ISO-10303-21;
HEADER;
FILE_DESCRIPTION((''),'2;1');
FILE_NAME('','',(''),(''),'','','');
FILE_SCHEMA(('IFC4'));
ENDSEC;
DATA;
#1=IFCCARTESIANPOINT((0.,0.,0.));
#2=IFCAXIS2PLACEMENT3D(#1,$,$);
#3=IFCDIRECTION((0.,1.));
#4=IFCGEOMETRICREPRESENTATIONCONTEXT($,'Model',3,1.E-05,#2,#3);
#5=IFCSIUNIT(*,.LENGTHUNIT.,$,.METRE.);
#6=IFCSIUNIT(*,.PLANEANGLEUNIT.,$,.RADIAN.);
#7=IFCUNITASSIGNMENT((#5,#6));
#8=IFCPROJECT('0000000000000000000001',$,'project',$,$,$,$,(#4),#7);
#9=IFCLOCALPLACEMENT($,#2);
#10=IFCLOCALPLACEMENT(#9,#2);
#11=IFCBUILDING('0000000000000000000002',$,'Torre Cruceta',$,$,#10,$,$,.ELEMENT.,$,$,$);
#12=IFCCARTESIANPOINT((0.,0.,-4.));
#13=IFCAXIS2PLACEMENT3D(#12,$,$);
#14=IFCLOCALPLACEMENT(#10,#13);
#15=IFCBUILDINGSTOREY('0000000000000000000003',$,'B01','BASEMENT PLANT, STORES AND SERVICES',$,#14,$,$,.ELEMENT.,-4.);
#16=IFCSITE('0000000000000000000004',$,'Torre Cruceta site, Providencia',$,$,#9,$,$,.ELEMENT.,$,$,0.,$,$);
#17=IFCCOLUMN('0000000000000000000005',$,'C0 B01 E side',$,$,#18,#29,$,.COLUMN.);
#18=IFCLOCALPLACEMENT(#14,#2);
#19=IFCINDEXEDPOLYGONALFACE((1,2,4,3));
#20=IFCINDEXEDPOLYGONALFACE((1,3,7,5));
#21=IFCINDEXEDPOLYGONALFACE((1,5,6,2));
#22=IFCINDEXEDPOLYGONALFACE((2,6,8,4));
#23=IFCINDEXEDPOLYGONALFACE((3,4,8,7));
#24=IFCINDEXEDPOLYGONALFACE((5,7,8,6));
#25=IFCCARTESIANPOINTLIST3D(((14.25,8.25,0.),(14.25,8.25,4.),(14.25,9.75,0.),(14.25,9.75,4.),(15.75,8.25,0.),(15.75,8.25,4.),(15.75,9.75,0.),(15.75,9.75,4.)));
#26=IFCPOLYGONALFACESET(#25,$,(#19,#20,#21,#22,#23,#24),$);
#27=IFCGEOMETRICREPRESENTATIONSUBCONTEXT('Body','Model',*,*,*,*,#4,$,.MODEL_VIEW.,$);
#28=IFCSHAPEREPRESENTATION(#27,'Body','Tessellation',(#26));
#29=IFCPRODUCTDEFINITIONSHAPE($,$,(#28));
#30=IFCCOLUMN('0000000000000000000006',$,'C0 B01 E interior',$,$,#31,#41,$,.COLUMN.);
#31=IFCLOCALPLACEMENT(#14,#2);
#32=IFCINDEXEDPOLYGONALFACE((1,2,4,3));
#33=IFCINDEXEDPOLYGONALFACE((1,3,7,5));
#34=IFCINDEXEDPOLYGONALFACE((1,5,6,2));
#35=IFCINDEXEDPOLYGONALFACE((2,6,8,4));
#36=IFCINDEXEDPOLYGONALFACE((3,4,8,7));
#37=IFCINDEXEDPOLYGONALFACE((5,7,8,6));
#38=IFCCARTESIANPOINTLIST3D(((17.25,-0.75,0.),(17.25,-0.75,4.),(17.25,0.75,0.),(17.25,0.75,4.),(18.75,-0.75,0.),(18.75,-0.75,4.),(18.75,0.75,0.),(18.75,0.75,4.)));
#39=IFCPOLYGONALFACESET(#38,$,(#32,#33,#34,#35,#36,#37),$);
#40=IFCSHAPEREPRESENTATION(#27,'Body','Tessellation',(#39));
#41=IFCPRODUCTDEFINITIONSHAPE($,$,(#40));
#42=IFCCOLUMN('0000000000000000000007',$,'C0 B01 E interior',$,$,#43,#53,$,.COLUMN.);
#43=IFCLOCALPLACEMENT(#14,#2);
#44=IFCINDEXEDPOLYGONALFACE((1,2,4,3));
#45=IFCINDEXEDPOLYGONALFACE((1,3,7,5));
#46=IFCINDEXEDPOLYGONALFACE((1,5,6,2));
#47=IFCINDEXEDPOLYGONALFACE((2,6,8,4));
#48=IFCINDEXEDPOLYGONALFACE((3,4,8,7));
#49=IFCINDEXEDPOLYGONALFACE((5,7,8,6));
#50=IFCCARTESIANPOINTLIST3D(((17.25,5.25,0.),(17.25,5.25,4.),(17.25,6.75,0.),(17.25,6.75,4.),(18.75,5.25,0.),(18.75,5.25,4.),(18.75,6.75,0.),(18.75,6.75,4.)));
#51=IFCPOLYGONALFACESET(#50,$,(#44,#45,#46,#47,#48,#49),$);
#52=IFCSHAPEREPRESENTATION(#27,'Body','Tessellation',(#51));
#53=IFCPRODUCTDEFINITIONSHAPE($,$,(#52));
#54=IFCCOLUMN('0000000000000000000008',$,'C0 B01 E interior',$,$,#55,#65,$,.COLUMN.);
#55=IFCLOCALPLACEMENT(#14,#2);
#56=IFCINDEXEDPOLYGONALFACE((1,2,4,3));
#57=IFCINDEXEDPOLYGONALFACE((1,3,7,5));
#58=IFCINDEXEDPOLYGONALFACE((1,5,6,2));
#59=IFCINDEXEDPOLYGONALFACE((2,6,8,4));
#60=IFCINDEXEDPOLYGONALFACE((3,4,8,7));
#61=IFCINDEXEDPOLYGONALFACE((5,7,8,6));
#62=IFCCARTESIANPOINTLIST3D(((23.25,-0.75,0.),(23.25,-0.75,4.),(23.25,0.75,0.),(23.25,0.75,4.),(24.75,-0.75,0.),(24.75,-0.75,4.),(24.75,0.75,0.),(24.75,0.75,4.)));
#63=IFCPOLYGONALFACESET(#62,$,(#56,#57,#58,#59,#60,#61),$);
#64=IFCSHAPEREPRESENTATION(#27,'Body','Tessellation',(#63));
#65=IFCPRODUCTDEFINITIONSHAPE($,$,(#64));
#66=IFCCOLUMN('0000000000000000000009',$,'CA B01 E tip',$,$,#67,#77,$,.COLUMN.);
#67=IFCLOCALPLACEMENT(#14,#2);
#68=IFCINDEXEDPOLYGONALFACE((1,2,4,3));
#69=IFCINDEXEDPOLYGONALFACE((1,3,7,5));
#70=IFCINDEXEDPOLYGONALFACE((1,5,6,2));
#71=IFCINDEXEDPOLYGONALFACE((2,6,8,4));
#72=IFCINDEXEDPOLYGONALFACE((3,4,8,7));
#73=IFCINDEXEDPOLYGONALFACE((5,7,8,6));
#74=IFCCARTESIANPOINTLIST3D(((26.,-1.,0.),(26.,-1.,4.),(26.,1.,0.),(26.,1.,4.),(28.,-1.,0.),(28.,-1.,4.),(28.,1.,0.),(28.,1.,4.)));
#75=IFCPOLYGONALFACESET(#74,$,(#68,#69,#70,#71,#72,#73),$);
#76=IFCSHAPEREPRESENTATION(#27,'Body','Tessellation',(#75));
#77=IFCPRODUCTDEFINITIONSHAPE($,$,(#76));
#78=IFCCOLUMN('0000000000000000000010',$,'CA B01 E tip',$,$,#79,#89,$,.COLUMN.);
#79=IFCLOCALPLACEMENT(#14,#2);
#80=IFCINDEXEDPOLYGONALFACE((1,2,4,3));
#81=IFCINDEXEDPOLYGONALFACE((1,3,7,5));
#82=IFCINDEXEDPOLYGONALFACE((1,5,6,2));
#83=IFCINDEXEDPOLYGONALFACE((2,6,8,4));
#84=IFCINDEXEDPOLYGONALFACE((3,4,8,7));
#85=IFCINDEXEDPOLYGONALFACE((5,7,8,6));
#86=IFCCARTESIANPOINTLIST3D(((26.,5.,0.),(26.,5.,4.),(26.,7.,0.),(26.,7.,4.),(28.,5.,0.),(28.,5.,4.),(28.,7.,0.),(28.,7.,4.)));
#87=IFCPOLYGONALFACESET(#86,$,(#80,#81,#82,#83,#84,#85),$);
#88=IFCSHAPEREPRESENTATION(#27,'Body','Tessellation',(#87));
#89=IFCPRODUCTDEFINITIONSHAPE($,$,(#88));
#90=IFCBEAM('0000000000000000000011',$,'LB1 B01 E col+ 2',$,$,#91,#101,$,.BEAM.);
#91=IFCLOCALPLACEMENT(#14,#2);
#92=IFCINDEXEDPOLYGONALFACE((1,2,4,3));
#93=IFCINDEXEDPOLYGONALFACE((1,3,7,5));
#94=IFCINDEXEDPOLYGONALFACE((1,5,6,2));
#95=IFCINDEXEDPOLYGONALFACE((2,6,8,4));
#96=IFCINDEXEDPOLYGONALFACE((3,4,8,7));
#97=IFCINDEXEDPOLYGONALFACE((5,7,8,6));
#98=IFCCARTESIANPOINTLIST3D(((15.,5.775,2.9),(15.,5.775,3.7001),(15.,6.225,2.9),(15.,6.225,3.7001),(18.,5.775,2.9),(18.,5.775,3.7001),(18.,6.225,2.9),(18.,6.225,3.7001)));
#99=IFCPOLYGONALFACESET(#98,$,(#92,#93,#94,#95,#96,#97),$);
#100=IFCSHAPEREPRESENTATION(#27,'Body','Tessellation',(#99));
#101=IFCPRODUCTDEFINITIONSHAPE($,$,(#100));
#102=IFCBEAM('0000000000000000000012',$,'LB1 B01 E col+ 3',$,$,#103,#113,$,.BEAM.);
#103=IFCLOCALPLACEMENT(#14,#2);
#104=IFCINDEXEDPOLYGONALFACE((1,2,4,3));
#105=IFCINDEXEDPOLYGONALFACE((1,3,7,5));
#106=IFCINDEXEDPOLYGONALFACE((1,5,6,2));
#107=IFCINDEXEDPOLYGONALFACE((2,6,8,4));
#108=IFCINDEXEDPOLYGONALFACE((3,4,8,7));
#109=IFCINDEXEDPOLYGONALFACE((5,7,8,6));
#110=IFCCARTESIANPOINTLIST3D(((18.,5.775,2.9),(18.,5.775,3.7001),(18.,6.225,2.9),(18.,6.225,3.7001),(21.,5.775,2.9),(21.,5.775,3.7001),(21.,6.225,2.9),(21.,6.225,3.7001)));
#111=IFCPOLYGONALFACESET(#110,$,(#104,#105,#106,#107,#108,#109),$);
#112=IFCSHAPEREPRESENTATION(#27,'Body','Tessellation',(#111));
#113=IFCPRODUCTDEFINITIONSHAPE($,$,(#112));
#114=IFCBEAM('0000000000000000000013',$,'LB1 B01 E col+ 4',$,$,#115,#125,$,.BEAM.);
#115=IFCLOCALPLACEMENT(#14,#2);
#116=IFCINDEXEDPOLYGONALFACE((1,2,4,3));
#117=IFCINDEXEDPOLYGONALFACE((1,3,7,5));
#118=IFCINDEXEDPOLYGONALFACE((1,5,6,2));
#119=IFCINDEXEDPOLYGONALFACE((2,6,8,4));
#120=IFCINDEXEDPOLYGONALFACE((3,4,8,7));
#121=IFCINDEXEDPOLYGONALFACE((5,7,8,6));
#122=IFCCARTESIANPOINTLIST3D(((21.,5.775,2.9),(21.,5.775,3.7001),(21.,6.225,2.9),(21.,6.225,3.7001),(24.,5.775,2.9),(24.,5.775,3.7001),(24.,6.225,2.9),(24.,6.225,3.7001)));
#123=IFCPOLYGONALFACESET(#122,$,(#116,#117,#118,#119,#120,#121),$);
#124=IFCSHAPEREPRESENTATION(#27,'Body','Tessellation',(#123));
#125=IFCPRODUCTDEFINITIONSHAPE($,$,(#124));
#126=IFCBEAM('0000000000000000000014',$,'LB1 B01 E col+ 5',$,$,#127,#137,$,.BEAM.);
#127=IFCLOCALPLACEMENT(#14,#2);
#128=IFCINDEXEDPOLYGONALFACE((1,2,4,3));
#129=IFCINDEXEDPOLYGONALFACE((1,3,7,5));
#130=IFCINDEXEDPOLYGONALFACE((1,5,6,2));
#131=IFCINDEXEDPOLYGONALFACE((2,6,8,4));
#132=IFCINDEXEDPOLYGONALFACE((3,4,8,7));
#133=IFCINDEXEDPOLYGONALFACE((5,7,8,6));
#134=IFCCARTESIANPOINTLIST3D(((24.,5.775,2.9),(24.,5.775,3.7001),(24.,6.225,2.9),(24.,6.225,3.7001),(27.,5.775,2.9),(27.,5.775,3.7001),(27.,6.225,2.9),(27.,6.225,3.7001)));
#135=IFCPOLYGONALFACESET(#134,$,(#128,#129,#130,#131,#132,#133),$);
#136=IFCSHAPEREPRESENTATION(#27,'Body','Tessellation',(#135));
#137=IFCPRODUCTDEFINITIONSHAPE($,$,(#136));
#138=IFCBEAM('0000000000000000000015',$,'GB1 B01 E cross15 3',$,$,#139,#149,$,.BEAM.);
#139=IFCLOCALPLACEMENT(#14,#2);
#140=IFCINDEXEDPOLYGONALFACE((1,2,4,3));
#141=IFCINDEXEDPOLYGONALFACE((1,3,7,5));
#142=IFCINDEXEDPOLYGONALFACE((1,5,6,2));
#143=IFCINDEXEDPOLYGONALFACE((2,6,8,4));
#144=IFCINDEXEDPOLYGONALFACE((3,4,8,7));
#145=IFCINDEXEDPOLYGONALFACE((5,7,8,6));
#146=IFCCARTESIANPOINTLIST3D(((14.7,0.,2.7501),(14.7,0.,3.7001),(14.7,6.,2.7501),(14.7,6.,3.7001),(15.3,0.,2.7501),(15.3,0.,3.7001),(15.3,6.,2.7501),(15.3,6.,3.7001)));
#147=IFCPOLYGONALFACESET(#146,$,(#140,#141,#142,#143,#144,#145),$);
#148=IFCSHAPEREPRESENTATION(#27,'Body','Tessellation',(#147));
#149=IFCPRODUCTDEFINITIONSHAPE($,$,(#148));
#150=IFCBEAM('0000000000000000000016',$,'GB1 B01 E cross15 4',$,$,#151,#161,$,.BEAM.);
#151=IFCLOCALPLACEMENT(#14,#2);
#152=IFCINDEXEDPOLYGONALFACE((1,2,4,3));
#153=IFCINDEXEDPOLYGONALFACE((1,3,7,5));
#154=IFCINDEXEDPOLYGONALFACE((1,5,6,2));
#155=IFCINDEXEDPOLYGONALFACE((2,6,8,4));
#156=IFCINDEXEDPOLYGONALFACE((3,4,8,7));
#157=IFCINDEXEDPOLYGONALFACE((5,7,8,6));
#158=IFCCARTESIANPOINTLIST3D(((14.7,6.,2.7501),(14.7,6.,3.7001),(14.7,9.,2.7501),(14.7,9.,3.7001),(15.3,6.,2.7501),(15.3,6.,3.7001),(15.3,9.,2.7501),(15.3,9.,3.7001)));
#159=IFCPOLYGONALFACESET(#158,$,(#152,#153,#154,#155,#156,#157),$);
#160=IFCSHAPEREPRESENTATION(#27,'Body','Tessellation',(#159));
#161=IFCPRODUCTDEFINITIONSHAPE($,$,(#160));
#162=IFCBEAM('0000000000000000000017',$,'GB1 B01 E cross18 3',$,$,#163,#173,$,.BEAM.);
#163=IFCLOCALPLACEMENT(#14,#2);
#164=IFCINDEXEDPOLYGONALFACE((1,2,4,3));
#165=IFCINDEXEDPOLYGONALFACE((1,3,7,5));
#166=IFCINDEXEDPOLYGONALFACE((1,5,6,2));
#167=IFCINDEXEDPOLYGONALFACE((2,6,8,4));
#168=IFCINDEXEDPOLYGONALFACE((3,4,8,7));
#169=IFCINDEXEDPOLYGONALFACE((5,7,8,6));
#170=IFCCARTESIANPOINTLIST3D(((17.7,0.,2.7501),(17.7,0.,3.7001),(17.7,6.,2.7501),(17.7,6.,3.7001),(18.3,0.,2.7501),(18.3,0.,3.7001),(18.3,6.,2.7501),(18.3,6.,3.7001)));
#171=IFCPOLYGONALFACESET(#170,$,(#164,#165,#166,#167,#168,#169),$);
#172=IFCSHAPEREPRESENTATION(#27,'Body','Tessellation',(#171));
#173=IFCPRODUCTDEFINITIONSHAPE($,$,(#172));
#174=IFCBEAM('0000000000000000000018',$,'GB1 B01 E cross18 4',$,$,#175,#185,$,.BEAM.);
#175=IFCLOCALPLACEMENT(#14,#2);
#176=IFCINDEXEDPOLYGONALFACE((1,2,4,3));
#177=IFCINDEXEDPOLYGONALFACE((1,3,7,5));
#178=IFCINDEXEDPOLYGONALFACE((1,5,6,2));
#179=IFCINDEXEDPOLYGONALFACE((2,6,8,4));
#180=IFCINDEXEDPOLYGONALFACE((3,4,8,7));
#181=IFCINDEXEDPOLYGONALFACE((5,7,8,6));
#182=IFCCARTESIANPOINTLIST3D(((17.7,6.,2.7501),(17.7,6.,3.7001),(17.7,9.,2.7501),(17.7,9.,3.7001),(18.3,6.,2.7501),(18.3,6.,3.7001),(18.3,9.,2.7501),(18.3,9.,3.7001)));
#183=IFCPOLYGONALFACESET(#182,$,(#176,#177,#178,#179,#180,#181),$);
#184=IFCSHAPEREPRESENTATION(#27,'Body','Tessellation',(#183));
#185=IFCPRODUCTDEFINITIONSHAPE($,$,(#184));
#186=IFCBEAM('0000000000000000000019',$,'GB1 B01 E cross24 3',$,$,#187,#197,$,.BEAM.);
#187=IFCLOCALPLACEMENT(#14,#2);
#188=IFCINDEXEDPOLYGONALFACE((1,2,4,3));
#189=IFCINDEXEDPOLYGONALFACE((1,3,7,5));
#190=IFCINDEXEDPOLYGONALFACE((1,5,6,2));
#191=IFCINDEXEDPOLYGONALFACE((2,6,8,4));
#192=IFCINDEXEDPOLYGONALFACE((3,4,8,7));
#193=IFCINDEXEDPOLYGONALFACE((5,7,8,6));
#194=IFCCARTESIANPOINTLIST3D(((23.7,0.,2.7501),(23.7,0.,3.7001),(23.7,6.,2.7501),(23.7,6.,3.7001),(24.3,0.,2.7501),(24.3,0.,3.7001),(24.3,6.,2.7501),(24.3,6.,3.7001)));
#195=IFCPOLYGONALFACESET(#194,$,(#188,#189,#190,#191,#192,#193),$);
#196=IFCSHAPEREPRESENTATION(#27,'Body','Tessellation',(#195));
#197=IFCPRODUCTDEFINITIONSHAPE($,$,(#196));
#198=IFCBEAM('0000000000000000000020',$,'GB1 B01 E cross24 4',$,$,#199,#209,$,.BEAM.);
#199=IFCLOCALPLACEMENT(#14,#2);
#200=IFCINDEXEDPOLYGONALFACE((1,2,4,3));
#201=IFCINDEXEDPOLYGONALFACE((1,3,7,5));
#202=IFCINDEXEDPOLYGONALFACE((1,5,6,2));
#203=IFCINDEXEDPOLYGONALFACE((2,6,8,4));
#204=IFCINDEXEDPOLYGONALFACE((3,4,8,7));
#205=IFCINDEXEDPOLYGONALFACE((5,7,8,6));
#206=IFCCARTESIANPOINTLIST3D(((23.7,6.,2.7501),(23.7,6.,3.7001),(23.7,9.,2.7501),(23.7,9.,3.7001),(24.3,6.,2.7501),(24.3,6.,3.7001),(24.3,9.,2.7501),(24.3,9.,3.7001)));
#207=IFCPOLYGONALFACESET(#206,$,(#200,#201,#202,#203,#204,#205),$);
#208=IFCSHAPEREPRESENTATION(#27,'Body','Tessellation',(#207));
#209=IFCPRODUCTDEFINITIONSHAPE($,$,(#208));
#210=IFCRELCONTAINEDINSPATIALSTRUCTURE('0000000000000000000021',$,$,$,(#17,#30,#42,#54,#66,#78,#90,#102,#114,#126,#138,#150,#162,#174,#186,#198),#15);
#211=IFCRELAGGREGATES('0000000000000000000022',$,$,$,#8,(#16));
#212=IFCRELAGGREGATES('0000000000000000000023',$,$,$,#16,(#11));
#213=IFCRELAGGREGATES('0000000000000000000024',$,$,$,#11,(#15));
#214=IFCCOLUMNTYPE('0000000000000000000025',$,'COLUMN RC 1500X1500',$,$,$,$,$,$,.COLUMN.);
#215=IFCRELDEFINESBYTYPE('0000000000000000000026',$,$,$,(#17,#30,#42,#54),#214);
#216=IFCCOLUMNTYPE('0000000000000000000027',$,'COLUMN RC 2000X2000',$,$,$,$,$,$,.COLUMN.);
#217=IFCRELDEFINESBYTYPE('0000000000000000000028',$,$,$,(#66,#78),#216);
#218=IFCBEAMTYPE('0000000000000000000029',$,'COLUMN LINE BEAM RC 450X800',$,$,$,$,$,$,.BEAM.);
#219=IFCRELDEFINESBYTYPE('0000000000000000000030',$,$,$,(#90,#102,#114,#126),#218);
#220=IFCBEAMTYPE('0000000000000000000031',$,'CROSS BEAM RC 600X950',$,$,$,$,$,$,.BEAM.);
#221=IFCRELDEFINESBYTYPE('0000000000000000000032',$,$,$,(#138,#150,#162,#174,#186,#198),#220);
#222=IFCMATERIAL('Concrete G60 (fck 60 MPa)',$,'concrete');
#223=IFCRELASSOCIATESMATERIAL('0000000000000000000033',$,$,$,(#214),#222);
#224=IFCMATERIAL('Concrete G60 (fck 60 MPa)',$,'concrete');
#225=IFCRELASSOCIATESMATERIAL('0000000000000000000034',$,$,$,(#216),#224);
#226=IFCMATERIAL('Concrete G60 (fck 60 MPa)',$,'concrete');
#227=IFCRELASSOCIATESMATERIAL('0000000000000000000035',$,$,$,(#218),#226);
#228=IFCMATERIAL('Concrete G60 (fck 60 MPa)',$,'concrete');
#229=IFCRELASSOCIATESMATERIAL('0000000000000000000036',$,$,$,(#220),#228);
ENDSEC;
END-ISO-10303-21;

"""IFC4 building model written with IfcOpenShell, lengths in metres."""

from ifc_helpers import new_model, si_unit, direction, frame, origin, origin_2d, place, context, subcontext, project, spatial, rectangle, extrude, material, material_profile, profile_set, type_object, element, save


model = new_model("IFC4")

# Units and contexts
model_context = context("Model", 3, precision=1e-05, world=origin(), true_north=direction((0.0, 1.0)))
body_context = subcontext(model_context, "Body", "Model", "MODEL_VIEW")
ifc_project = project(units=[si_unit("LENGTHUNIT", "METRE"), si_unit("PLANEANGLEUNIT", "RADIAN")], contexts=[model_context])

# Site, building, storey
site_placement = place(None, origin())
site = spatial("IfcSite", under=ifc_project, at=site_placement, Name="Torre Cruceta site, Providencia", CompositionType="ELEMENT", RefElevation=0.0)
building_placement = place(site_placement, origin())
building = spatial("IfcBuilding", under=site, at=building_placement, Name="Torre Cruceta", CompositionType="ELEMENT")
storey_placement = place(building_placement, frame((0.0, 0.0, -4.0)))
storey = spatial("IfcBuildingStorey", under=building, at=storey_placement, Name="B01", Description="BASEMENT PLANT, STORES AND SERVICES", CompositionType="ELEMENT", Elevation=-4.0)

# Columns
ifc_material_1 = material(Name="Concrete G60 (fck 60 MPa)", Category="concrete")
ifc_material_profile_1 = material_profile(ifc_material_1, rectangle(XDim=1.5, YDim=1.5, at=origin_2d()), Name="RC 1500X1500")
ifc_profile_set_1 = profile_set([ifc_material_profile_1], Name="Concrete G60 (fck 60 MPa)")
column_type_1 = type_object("IfcColumnType", Name="COLUMN RC 1500X1500", PredefinedType="COLUMN", material=ifc_profile_set_1)
for number, where, z_axis, x_axis, name in (
    (1, (15.0, 9.0, 0.0), (0.0, 0.0, 1.0), (1.0, 0.0, 0.0), "C0 B01 E side"),
    (2, (18.0, 0.0, 0.0), (0.0, 0.0, 1.0), (1.0, 0.0, 0.0), "C0 B01 E interior"),
    (3, (18.0, 6.0, 0.0), (0.0, 0.0, 1.0), (1.0, 0.0, 0.0), "C0 B01 E interior"),
    (4, (24.0, 0.0, 0.0), (0.0, 0.0, 1.0), (1.0, 0.0, 0.0), "C0 B01 E interior"),
):
    element("IfcColumn", number, at=place(storey_placement, frame(where, z_axis=z_axis, x_axis=x_axis)), inside=storey, type_object=column_type_1, Name=name, PredefinedType="COLUMN", context=body_context, shape_type="SweptSolid", body=[
        extrude(rectangle(XDim=1.5, YDim=1.5, at=origin_2d()), origin(), (0.0, 0.0, 1.0), 4.0),
    ])
ifc_material_2 = material(Name="Concrete G60 (fck 60 MPa)", Category="concrete")
ifc_material_profile_2 = material_profile(ifc_material_2, rectangle(XDim=2.0, YDim=2.0, at=origin_2d()), Name="RC 2000X2000")
ifc_profile_set_2 = profile_set([ifc_material_profile_2], Name="Concrete G60 (fck 60 MPa)")
column_type_2 = type_object("IfcColumnType", Name="COLUMN RC 2000X2000", PredefinedType="COLUMN", material=ifc_profile_set_2)
for number, where, z_axis, x_axis, name in (
    (5, (27.0, 0.0, 0.0), (0.0, 0.0, 1.0), (1.0, 0.0, 0.0), "CA B01 E tip"),
    (6, (27.0, 6.0, 0.0), (0.0, 0.0, 1.0), (1.0, 0.0, 0.0), "CA B01 E tip"),
):
    element("IfcColumn", number, at=place(storey_placement, frame(where, z_axis=z_axis, x_axis=x_axis)), inside=storey, type_object=column_type_2, Name=name, PredefinedType="COLUMN", context=body_context, shape_type="SweptSolid", body=[
        extrude(rectangle(XDim=2.0, YDim=2.0, at=origin_2d()), origin(), (0.0, 0.0, 1.0), 4.0),
    ])

# Beams
ifc_material_3 = material(Name="Concrete G60 (fck 60 MPa)", Category="concrete")
ifc_material_profile_3 = material_profile(ifc_material_3, rectangle(XDim=0.45, YDim=0.8, at=origin_2d()), Name="RC 450X800")
ifc_profile_set_3 = profile_set([ifc_material_profile_3], Name="Concrete G60 (fck 60 MPa)")
beam_type_1 = type_object("IfcBeamType", Name="COLUMN LINE BEAM RC 450X800", PredefinedType="BEAM", material=ifc_profile_set_3)
for number, where, z_axis, x_axis, name in (
    (7, (15.0, 6.0, 3.3), (1.0, 0.0, 0.0), (0.0, 1.0, 0.0), "LB1 B01 E col+ 2"),
    (8, (18.0, 6.0, 3.3), (1.0, 0.0, 0.0), (0.0, 1.0, 0.0), "LB1 B01 E col+ 3"),
    (9, (21.0, 6.0, 3.3), (1.0, 0.0, 0.0), (0.0, 1.0, 0.0), "LB1 B01 E col+ 4"),
    (10, (24.0, 6.0, 3.3), (1.0, 0.0, 0.0), (0.0, 1.0, 0.0), "LB1 B01 E col+ 5"),
):
    element("IfcBeam", number, at=place(storey_placement, frame(where, z_axis=z_axis, x_axis=x_axis)), inside=storey, type_object=beam_type_1, Name=name, PredefinedType="BEAM", context=body_context, shape_type="SweptSolid", body=[
        extrude(rectangle(XDim=0.45, YDim=0.8, at=origin_2d()), origin(), (0.0, 0.0, 1.0), 3.0),
    ])
ifc_material_4 = material(Name="Concrete G60 (fck 60 MPa)", Category="concrete")
ifc_material_profile_4 = material_profile(ifc_material_4, rectangle(XDim=0.6001, YDim=0.95, at=origin_2d()), Name="RC 600X950")
ifc_profile_set_4 = profile_set([ifc_material_profile_4], Name="Concrete G60 (fck 60 MPa)")
beam_type_2 = type_object("IfcBeamType", Name="CROSS BEAM RC 600X950", PredefinedType="BEAM", material=ifc_profile_set_4)
beam_1_placement = place(storey_placement, frame((15.0, 0.0, 3.2251), z_axis=(0.0, 1.0, 0.0), x_axis=(-1.0, 0.0, 0.0)))
element("IfcBeam", 11, at=beam_1_placement, inside=storey, type_object=beam_type_2, Name="GB1 B01 E cross15 3", PredefinedType="BEAM", context=body_context, shape_type="SweptSolid", body=[
    extrude(rectangle(XDim=0.6001, YDim=0.95, at=origin_2d()), origin(), (0.0, 0.0, 1.0), 6.0),
])
beam_2_placement = place(storey_placement, frame((15.0, 6.0, 3.2251), z_axis=(0.0, 1.0, 0.0), x_axis=(-1.0, 0.0, 0.0)))
element("IfcBeam", 12, at=beam_2_placement, inside=storey, type_object=beam_type_2, Name="GB1 B01 E cross15 4", PredefinedType="BEAM", context=body_context, shape_type="SweptSolid", body=[
    extrude(rectangle(XDim=0.6001, YDim=0.95, at=origin_2d()), origin(), (0.0, 0.0, 1.0), 3.0),
])
beam_3_placement = place(storey_placement, frame((18.0, 0.0, 3.2251), z_axis=(0.0, 1.0, 0.0), x_axis=(-1.0, 0.0, 0.0)))
element("IfcBeam", 13, at=beam_3_placement, inside=storey, type_object=beam_type_2, Name="GB1 B01 E cross18 3", PredefinedType="BEAM", context=body_context, shape_type="SweptSolid", body=[
    extrude(rectangle(XDim=0.6001, YDim=0.95, at=origin_2d()), origin(), (0.0, 0.0, 1.0), 6.0),
])
beam_4_placement = place(storey_placement, frame((18.0, 6.0, 3.2251), z_axis=(0.0, 1.0, 0.0), x_axis=(-1.0, 0.0, 0.0)))
element("IfcBeam", 14, at=beam_4_placement, inside=storey, type_object=beam_type_2, Name="GB1 B01 E cross18 4", PredefinedType="BEAM", context=body_context, shape_type="SweptSolid", body=[
    extrude(rectangle(XDim=0.6001, YDim=0.95, at=origin_2d()), origin(), (0.0, 0.0, 1.0), 3.0),
])
beam_5_placement = place(storey_placement, frame((24.0, 0.0, 3.2251), z_axis=(0.0, 1.0, 0.0), x_axis=(-1.0, 0.0, 0.0)))
element("IfcBeam", 15, at=beam_5_placement, inside=storey, type_object=beam_type_2, Name="GB1 B01 E cross24 3", PredefinedType="BEAM", context=body_context, shape_type="SweptSolid", body=[
    extrude(rectangle(XDim=0.6001, YDim=0.95, at=origin_2d()), origin(), (0.0, 0.0, 1.0), 6.0),
])
beam_6_placement = place(storey_placement, frame((24.0, 6.0, 3.2251), z_axis=(0.0, 1.0, 0.0), x_axis=(-1.0, 0.0, 0.0)))
element("IfcBeam", 16, at=beam_6_placement, inside=storey, type_object=beam_type_2, Name="GB1 B01 E cross24 4", PredefinedType="BEAM", context=body_context, shape_type="SweptSolid", body=[
    extrude(rectangle(XDim=0.6001, YDim=0.95, at=origin_2d()), origin(), (0.0, 0.0, 1.0), 3.0),
])

save(model, "model.ifc")
